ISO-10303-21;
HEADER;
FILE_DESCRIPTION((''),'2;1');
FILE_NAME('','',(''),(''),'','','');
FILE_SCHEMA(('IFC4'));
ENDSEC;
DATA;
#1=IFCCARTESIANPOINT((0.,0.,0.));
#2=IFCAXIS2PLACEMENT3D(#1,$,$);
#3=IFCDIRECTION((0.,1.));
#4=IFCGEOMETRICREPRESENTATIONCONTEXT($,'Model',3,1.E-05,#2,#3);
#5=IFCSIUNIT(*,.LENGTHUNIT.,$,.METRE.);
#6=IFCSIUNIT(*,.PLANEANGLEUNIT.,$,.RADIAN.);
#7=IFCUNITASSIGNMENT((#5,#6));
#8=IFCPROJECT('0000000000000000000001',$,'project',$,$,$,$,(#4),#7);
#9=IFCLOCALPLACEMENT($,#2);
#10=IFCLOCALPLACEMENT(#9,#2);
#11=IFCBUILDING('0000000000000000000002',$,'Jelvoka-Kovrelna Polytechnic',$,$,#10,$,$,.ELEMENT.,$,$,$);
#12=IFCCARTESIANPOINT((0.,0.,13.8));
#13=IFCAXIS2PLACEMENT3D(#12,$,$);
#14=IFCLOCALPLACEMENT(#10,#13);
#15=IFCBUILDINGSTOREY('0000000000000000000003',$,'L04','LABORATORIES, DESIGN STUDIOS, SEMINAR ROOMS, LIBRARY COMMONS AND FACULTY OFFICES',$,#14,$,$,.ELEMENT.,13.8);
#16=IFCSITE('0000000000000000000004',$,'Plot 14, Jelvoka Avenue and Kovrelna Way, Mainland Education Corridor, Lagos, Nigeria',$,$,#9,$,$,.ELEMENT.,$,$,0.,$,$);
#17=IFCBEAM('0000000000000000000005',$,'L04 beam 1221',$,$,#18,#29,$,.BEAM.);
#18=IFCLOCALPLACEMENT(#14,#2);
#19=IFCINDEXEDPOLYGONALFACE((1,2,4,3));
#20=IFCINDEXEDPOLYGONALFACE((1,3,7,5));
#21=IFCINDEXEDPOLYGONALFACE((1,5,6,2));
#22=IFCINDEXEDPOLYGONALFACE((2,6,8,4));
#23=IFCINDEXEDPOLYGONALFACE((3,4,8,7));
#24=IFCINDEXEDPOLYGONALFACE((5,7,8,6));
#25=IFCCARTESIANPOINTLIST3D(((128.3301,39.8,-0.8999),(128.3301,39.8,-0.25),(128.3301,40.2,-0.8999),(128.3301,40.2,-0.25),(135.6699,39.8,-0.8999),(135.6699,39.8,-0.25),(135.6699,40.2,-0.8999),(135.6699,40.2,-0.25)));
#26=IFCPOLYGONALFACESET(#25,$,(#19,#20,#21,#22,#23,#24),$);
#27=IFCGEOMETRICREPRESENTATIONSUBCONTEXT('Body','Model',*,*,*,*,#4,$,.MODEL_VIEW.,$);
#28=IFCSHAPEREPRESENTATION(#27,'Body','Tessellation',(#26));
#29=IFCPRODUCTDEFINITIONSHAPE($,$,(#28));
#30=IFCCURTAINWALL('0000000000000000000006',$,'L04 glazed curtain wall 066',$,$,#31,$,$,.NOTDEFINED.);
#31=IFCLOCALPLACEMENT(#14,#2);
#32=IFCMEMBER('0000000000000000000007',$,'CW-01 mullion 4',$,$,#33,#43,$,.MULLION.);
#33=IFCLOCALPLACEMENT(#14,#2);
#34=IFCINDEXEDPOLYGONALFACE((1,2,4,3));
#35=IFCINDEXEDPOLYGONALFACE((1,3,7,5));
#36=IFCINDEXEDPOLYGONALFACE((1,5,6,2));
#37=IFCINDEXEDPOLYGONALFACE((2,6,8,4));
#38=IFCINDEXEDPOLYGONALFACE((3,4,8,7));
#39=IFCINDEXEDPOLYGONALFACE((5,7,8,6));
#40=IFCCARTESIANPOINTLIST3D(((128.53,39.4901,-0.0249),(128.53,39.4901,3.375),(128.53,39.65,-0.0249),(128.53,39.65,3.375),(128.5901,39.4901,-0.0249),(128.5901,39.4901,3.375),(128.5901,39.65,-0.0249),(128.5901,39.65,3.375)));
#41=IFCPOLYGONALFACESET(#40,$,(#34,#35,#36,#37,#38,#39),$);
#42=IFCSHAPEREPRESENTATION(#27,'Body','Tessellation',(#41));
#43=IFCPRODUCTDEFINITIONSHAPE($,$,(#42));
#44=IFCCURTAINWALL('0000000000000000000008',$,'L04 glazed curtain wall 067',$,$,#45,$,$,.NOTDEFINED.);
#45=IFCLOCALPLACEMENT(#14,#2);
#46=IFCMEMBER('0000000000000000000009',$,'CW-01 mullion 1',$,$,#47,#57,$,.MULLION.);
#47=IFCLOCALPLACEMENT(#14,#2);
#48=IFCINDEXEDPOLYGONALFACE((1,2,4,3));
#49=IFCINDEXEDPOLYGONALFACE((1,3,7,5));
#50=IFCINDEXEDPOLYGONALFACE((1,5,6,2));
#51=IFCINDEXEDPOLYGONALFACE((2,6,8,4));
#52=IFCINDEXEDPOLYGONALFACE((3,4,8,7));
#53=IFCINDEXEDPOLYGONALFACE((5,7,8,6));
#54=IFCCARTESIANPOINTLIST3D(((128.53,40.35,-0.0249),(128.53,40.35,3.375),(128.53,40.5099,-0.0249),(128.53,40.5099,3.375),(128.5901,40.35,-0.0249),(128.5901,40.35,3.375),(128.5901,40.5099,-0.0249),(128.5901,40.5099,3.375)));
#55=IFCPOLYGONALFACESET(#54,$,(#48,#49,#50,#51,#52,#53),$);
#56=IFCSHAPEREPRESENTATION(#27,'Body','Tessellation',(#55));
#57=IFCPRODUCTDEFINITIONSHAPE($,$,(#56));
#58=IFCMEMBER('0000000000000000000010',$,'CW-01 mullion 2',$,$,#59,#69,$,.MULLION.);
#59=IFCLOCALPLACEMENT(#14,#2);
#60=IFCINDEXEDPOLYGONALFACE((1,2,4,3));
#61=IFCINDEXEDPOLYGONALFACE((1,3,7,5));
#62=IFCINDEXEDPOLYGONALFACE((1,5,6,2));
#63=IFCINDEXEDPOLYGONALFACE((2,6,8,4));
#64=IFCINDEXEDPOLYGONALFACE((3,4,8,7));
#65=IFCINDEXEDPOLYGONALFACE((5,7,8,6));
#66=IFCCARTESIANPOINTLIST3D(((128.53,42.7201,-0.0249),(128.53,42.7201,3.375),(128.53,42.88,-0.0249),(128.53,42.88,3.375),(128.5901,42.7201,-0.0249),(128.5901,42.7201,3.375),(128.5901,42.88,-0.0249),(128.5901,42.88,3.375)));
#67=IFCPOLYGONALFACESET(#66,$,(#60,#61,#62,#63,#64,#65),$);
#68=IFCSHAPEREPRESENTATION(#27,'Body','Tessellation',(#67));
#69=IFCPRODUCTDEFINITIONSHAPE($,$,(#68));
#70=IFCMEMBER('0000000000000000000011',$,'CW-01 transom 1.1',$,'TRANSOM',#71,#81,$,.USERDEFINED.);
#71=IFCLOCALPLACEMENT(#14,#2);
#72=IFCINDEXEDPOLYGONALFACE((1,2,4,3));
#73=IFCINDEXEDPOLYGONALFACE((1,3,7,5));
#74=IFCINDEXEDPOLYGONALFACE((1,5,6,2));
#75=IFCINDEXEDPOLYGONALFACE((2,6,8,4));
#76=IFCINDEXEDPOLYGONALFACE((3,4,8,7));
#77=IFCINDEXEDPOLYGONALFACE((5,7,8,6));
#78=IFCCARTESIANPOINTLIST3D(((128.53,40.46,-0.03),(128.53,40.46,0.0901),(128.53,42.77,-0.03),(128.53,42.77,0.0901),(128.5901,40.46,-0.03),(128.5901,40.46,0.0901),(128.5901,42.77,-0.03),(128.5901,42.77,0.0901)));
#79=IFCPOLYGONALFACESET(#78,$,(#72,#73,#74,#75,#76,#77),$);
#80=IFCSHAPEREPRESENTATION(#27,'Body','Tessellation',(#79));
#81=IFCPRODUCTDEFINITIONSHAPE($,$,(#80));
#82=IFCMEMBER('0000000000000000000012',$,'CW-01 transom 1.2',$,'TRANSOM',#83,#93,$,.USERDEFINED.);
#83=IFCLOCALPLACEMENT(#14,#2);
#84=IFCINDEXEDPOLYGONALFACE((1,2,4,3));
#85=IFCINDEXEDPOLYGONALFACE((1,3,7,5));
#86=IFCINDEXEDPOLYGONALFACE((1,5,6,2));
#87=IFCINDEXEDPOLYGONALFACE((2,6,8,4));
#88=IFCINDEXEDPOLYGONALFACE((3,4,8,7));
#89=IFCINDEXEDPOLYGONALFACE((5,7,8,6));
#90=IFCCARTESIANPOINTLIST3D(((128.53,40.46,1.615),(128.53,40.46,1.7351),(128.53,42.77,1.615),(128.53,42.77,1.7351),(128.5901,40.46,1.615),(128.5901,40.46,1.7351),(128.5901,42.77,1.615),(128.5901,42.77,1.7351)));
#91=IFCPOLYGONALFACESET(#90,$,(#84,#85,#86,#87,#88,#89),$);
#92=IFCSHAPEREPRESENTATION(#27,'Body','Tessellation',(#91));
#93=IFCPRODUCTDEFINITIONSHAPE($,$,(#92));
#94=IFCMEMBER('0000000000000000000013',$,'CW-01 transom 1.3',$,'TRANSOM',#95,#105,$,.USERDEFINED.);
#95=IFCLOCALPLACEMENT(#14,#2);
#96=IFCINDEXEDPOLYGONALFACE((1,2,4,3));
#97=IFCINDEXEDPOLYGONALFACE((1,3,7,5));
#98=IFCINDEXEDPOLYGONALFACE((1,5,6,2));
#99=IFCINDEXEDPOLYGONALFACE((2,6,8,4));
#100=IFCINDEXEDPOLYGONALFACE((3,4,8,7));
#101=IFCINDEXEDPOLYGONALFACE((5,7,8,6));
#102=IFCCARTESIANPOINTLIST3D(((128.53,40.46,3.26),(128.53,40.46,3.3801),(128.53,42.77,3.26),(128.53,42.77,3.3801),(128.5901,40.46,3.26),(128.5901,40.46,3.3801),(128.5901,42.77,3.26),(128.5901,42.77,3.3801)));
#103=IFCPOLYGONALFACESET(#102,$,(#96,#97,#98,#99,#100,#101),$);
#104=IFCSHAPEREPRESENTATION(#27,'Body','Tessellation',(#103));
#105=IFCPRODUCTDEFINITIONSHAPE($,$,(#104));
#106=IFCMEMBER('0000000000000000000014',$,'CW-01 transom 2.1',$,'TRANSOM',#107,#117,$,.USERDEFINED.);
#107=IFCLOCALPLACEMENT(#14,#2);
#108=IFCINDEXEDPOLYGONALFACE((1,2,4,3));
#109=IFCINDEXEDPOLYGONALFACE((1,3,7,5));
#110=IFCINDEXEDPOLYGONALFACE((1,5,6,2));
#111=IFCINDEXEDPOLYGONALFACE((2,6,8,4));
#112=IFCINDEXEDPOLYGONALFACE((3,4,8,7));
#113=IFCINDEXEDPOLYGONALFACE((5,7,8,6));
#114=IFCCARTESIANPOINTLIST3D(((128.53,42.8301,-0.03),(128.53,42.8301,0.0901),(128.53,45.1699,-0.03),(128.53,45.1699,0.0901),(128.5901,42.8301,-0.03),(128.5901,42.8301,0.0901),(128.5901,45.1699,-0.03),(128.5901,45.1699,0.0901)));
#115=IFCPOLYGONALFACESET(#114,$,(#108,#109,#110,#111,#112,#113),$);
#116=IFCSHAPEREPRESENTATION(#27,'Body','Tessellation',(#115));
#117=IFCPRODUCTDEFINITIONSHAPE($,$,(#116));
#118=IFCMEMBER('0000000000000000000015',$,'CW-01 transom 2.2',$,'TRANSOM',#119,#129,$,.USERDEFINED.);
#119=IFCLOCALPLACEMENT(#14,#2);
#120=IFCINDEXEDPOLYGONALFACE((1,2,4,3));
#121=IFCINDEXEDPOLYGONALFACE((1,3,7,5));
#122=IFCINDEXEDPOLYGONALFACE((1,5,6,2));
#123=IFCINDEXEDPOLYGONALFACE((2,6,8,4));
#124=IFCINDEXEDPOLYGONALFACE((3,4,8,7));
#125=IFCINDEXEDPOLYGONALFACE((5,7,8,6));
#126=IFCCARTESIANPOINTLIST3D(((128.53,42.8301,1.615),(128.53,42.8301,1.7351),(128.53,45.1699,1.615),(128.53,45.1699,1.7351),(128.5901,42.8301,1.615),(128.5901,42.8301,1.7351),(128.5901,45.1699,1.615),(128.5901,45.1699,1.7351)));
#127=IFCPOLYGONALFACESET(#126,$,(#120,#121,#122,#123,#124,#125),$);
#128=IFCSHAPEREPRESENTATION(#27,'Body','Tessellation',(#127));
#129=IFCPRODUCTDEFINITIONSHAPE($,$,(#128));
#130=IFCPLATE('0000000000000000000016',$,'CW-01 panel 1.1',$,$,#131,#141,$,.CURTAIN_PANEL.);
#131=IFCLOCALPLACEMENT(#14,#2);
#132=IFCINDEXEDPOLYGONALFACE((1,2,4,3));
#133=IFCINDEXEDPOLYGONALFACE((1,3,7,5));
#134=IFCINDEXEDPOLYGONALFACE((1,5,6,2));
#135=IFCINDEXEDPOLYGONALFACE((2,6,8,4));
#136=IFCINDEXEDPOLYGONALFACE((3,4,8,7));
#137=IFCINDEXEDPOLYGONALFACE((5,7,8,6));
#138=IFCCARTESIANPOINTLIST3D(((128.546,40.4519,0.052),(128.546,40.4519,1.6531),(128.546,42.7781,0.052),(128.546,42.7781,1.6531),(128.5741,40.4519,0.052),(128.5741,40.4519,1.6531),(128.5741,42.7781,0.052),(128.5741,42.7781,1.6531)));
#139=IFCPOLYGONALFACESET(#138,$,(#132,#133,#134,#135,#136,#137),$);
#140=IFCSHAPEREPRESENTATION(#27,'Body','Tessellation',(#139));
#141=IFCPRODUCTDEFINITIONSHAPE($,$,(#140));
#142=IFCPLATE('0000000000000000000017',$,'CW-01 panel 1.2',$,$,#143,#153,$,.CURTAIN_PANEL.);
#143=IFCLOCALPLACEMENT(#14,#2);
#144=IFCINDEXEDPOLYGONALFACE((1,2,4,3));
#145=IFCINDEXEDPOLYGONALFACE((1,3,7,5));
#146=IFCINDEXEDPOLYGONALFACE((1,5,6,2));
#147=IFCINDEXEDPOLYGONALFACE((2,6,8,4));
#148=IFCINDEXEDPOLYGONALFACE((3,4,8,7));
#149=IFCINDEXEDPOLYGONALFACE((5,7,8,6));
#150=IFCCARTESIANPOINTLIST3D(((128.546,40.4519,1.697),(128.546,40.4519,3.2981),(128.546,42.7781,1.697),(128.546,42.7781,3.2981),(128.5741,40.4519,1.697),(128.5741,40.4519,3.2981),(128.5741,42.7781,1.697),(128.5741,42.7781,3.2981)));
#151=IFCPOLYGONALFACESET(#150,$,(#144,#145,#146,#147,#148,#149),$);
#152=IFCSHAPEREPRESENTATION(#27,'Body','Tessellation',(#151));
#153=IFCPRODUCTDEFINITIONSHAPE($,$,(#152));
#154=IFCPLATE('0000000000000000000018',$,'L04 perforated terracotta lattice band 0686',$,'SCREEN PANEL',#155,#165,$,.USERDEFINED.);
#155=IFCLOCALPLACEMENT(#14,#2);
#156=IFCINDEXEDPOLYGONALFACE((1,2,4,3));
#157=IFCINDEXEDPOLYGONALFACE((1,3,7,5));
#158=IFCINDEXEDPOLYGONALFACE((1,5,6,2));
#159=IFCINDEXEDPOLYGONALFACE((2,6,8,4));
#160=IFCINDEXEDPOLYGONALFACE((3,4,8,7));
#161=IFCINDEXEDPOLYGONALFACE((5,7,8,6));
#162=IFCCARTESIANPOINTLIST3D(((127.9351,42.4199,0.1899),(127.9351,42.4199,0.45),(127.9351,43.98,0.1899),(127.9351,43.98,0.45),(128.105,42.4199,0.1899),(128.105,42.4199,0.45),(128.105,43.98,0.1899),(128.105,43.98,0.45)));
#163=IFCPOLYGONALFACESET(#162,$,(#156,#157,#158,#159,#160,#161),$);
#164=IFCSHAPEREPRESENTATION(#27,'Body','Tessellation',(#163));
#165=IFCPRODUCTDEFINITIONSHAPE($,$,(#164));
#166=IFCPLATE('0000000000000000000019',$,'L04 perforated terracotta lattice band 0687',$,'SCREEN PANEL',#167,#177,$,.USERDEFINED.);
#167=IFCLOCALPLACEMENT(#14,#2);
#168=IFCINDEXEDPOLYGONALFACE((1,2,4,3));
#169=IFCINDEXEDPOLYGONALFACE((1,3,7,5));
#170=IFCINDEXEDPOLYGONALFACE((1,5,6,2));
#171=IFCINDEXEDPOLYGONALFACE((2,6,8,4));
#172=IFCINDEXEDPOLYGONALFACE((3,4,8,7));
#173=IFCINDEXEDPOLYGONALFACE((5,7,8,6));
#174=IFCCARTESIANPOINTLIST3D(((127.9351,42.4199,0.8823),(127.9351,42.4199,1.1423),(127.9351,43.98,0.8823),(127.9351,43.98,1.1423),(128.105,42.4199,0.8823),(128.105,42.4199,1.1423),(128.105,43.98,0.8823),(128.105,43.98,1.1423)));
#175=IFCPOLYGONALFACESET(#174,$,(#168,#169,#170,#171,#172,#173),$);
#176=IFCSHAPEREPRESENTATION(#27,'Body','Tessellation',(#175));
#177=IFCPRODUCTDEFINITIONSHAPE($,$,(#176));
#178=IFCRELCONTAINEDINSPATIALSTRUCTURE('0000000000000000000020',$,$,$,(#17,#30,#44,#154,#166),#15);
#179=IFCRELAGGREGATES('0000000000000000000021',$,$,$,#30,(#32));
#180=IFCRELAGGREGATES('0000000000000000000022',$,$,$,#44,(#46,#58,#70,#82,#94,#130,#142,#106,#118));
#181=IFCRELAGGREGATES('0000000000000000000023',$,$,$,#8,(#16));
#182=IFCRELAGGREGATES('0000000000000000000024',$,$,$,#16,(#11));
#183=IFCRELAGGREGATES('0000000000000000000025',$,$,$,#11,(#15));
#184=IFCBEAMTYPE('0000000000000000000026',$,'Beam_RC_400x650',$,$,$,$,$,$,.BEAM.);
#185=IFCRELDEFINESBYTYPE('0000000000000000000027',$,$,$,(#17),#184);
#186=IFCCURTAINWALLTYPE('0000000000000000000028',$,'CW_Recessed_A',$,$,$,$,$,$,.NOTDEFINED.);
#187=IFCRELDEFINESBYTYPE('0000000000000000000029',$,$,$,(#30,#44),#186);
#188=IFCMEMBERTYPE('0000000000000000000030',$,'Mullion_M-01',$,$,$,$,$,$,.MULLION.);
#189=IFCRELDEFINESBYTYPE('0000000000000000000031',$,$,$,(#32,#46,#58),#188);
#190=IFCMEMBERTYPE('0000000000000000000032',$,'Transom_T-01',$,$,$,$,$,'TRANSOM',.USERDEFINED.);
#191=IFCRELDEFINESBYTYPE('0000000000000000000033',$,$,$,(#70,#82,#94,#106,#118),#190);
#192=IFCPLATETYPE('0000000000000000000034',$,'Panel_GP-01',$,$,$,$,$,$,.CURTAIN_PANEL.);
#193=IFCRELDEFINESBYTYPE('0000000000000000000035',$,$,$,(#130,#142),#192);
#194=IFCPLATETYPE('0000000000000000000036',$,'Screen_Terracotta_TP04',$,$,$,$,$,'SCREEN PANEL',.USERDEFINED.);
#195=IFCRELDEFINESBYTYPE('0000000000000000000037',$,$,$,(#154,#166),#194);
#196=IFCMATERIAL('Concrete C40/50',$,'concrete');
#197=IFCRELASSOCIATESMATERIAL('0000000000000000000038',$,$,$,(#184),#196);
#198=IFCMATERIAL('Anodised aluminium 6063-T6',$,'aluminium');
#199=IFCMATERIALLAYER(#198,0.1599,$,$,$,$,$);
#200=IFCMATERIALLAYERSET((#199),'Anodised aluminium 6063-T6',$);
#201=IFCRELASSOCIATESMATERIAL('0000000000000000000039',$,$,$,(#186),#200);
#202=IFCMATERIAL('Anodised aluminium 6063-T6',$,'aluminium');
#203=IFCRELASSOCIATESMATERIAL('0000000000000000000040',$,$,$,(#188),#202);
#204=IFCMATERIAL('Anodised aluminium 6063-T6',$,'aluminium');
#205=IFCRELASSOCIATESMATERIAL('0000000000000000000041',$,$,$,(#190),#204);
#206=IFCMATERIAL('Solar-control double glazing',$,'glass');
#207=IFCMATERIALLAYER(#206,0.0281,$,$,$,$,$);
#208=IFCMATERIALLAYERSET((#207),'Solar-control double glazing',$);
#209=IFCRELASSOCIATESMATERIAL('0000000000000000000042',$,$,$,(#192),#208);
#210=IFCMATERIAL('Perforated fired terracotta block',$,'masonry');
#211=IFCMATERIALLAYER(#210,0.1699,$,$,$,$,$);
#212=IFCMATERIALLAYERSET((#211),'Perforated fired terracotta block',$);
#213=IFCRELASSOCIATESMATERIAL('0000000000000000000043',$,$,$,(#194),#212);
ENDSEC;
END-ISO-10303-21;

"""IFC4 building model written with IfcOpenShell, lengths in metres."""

from ifc_helpers import new_model, si_unit, direction, frame, origin, origin_2d, place, context, subcontext, project, spatial, rectangle, extrude, material, layer, layer_set, material_profile, profile_set, type_object, element, aggregate, save


model = new_model("IFC4")

# Units and contexts
model_context = context("Model", 3, precision=1e-05, world=origin(), true_north=direction((0.0, 1.0)))
body_context = subcontext(model_context, "Body", "Model", "MODEL_VIEW")
ifc_project = project(units=[si_unit("LENGTHUNIT", "METRE"), si_unit("PLANEANGLEUNIT", "RADIAN")], contexts=[model_context])

# Site, building, storey
site_placement = place(None, origin())
site = spatial("IfcSite", under=ifc_project, at=site_placement, Name="Plot 14, Jelvoka Avenue and Kovrelna Way, Mainland Education Corridor, Lagos, Nigeria", CompositionType="ELEMENT", RefElevation=0.0)
building_placement = place(site_placement, origin())
building = spatial("IfcBuilding", under=site, at=building_placement, Name="Jelvoka-Kovrelna Polytechnic", CompositionType="ELEMENT")
storey_placement = place(building_placement, frame((0.0, 0.0, 13.8)))
storey = spatial("IfcBuildingStorey", under=building, at=storey_placement, Name="L04", Description="LABORATORIES, DESIGN STUDIOS, SEMINAR ROOMS, LIBRARY COMMONS AND FACULTY OFFICES", CompositionType="ELEMENT", Elevation=13.8)

# Beam
ifc_material_1 = material(Name="Concrete C40/50", Category="concrete")
ifc_material_profile_1 = material_profile(ifc_material_1, rectangle(XDim=0.3999, YDim=0.6499, at=origin_2d()), Name="RC 400x650")
ifc_profile_set_1 = profile_set([ifc_material_profile_1], Name="Concrete C40/50")
beam_type = type_object("IfcBeamType", Name="Beam_RC_400x650", PredefinedType="BEAM", material=ifc_profile_set_1)
beam_placement = place(storey_placement, frame((128.3301, 40.0, -0.575), z_axis=(1.0, 0.0, 0.0), x_axis=(0.0, 1.0, 0.0)))
element("IfcBeam", 1, at=beam_placement, inside=storey, type_object=beam_type, Name="L04 beam 1221", PredefinedType="BEAM", context=body_context, shape_type="SweptSolid", body=[
    extrude(rectangle(XDim=0.3999, YDim=0.6499, at=origin_2d()), origin(), (0.0, 0.0, 1.0), 7.3398),
])

# Curtain wall, member
ifc_material_2 = material(Name="Anodised aluminium 6063-T6", Category="aluminium")
ifc_layer_1 = layer(ifc_material_2, 0.1599)
ifc_layer_set_1 = layer_set([ifc_layer_1], Name="Anodised aluminium 6063-T6")
curtain_wall_type = type_object("IfcCurtainWallType", Name="CW_Recessed_A", PredefinedType="NOTDEFINED", material=ifc_layer_set_1)
curtain_wall_1_placement = place(storey_placement, origin())
curtain_wall_1 = element("IfcCurtainWall", 2, at=curtain_wall_1_placement, inside=storey, type_object=curtain_wall_type, Name="L04 glazed curtain wall 066", PredefinedType="NOTDEFINED")
ifc_material_3 = material(Name="Anodised aluminium 6063-T6", Category="aluminium")
ifc_material_profile_2 = material_profile(ifc_material_3, rectangle(XDim=0.0601, YDim=0.1599, at=origin_2d()), Name="ALU 60x160")
ifc_profile_set_2 = profile_set([ifc_material_profile_2], Name="Anodised aluminium 6063-T6")
member_type_1 = type_object("IfcMemberType", Name="Mullion_M-01", PredefinedType="MULLION", material=ifc_profile_set_2)
member_1_placement = place(storey_placement, frame((128.5601, 39.5701, -0.0249), z_axis=(0.0, 0.0, 1.0), x_axis=(-1.0, 0.0, 0.0)))
member_1 = element("IfcMember", 3, at=member_1_placement, type_object=member_type_1, Name="CW-01 mullion 4", PredefinedType="MULLION", context=body_context, shape_type="SweptSolid", body=[
    extrude(rectangle(XDim=0.0601, YDim=0.1599, at=origin_2d()), origin(), (0.0, 0.0, 1.0), 3.3999),
])
aggregate(curtain_wall_1, [member_1])

# Curtain wall, members, plates
curtain_wall_2_placement = place(storey_placement, origin())
curtain_wall_2 = element("IfcCurtainWall", 4, at=curtain_wall_2_placement, inside=storey, type_object=curtain_wall_type, Name="L04 glazed curtain wall 067", PredefinedType="NOTDEFINED")
member_2_placement = place(storey_placement, frame((128.5601, 40.4299, -0.0249), z_axis=(0.0, 0.0, 1.0), x_axis=(-1.0, 0.0, 0.0)))
member_2 = element("IfcMember", 5, at=member_2_placement, type_object=member_type_1, Name="CW-01 mullion 1", PredefinedType="MULLION", context=body_context, shape_type="SweptSolid", body=[
    extrude(rectangle(XDim=0.0601, YDim=0.1599, at=origin_2d()), origin(), (0.0, 0.0, 1.0), 3.3999),
])
member_3_placement = place(storey_placement, frame((128.5601, 42.8, -0.0249), z_axis=(0.0, 0.0, 1.0), x_axis=(-1.0, 0.0, 0.0)))
member_3 = element("IfcMember", 6, at=member_3_placement, type_object=member_type_1, Name="CW-01 mullion 2", PredefinedType="MULLION", context=body_context, shape_type="SweptSolid", body=[
    extrude(rectangle(XDim=0.0601, YDim=0.1599, at=origin_2d()), origin(), (0.0, 0.0, 1.0), 3.3999),
])
ifc_material_4 = material(Name="Anodised aluminium 6063-T6", Category="aluminium")
ifc_material_profile_3 = material_profile(ifc_material_4, rectangle(XDim=0.0601, YDim=0.1201, at=origin_2d()), Name="ALU 60x120")
ifc_profile_set_3 = profile_set([ifc_material_profile_3], Name="Anodised aluminium 6063-T6")
member_type_2 = type_object("IfcMemberType", Name="Transom_T-01", ElementType="TRANSOM", PredefinedType="USERDEFINED", material=ifc_profile_set_3)
member_4_placement = place(storey_placement, frame((128.5601, 40.46, 0.03), z_axis=(0.0, 1.0, 0.0), x_axis=(-1.0, 0.0, 0.0)))
member_4 = element("IfcMember", 7, at=member_4_placement, type_object=member_type_2, Name="CW-01 transom 1.1", ObjectType="TRANSOM", PredefinedType="USERDEFINED", context=body_context, shape_type="SweptSolid", body=[
    extrude(rectangle(XDim=0.0601, YDim=0.1201, at=origin_2d()), origin(), (0.0, 0.0, 1.0), 2.3101),
])
member_5_placement = place(storey_placement, frame((128.5601, 40.46, 1.675), z_axis=(0.0, 1.0, 0.0), x_axis=(-1.0, 0.0, 0.0)))
member_5 = element("IfcMember", 8, at=member_5_placement, type_object=member_type_2, Name="CW-01 transom 1.2", ObjectType="TRANSOM", PredefinedType="USERDEFINED", context=body_context, shape_type="SweptSolid", body=[
    extrude(rectangle(XDim=0.0601, YDim=0.1201, at=origin_2d()), origin(), (0.0, 0.0, 1.0), 2.3101),
])
member_6_placement = place(storey_placement, frame((128.5601, 40.46, 3.3201), z_axis=(0.0, 1.0, 0.0), x_axis=(-1.0, 0.0, 0.0)))
member_6 = element("IfcMember", 9, at=member_6_placement, type_object=member_type_2, Name="CW-01 transom 1.3", ObjectType="TRANSOM", PredefinedType="USERDEFINED", context=body_context, shape_type="SweptSolid", body=[
    extrude(rectangle(XDim=0.0601, YDim=0.1201, at=origin_2d()), origin(), (0.0, 0.0, 1.0), 2.3101),
])
member_7_placement = place(storey_placement, frame((128.5601, 42.8301, 0.03), z_axis=(0.0, 1.0, 0.0), x_axis=(-1.0, 0.0, 0.0)))
member_7 = element("IfcMember", 10, at=member_7_placement, type_object=member_type_2, Name="CW-01 transom 2.1", ObjectType="TRANSOM", PredefinedType="USERDEFINED", context=body_context, shape_type="SweptSolid", body=[
    extrude(rectangle(XDim=0.0601, YDim=0.1201, at=origin_2d()), origin(), (0.0, 0.0, 1.0), 2.3398),
])
member_8_placement = place(storey_placement, frame((128.5601, 42.8301, 1.675), z_axis=(0.0, 1.0, 0.0), x_axis=(-1.0, 0.0, 0.0)))
member_8 = element("IfcMember", 11, at=member_8_placement, type_object=member_type_2, Name="CW-01 transom 2.2", ObjectType="TRANSOM", PredefinedType="USERDEFINED", context=body_context, shape_type="SweptSolid", body=[
    extrude(rectangle(XDim=0.0601, YDim=0.1201, at=origin_2d()), origin(), (0.0, 0.0, 1.0), 2.3398),
])
ifc_material_5 = material(Name="Solar-control double glazing", Category="glass")
ifc_layer_2 = layer(ifc_material_5, 0.0281)
ifc_layer_set_2 = layer_set([ifc_layer_2], Name="Solar-control double glazing")
plate_type_1 = type_object("IfcPlateType", Name="Panel_GP-01", PredefinedType="CURTAIN_PANEL", material=ifc_layer_set_2)
plate_1_placement = place(storey_placement, frame((128.5601, 41.615, 0.052), z_axis=(0.0, 0.0, 1.0), x_axis=(0.0, 1.0, 0.0)))
plate_1 = element("IfcPlate", 12, at=plate_1_placement, type_object=plate_type_1, Name="CW-01 panel 1.1", PredefinedType="CURTAIN_PANEL", context=body_context, shape_type="SweptSolid", body=[
    extrude(rectangle(XDim=2.3262, YDim=0.0281, at=origin_2d()), origin(), (0.0, 0.0, 1.0), 1.6011),
])
plate_2_placement = place(storey_placement, frame((128.5601, 41.615, 1.697), z_axis=(0.0, 0.0, 1.0), x_axis=(0.0, 1.0, 0.0)))
plate_2 = element("IfcPlate", 13, at=plate_2_placement, type_object=plate_type_1, Name="CW-01 panel 1.2", PredefinedType="CURTAIN_PANEL", context=body_context, shape_type="SweptSolid", body=[
    extrude(rectangle(XDim=2.3262, YDim=0.0281, at=origin_2d()), origin(), (0.0, 0.0, 1.0), 1.6011),
])
aggregate(curtain_wall_2, [member_2, member_3, member_4, member_5, member_6, plate_1, plate_2, member_7, member_8])

# Plates
ifc_material_6 = material(Name="Perforated fired terracotta block", Category="masonry")
ifc_layer_3 = layer(ifc_material_6, 0.1699)
ifc_layer_set_3 = layer_set([ifc_layer_3], Name="Perforated fired terracotta block")
plate_type_2 = type_object("IfcPlateType", Name="Screen_Terracotta_TP04", ElementType="SCREEN PANEL", PredefinedType="USERDEFINED", material=ifc_layer_set_3)
for number, where, z_axis, x_axis, name in (
    (14, (128.02, 43.2, 0.1899), (0.0, 0.0, 1.0), (0.0, 1.0, 0.0), "L04 perforated terracotta lattice band 0686"),
    (15, (128.02, 43.2, 0.8823), (0.0, 0.0, 1.0), (0.0, 1.0, 0.0), "L04 perforated terracotta lattice band 0687"),
):
    element("IfcPlate", number, at=place(storey_placement, frame(where, z_axis=z_axis, x_axis=x_axis)), inside=storey, type_object=plate_type_2, Name=name, ObjectType="SCREEN PANEL", PredefinedType="USERDEFINED", context=body_context, shape_type="SweptSolid", body=[
        extrude(rectangle(XDim=1.5601, YDim=0.1699, at=origin_2d()), origin(), (0.0, 0.0, 1.0), 0.26),
    ])

save(model, "model.ifc")
